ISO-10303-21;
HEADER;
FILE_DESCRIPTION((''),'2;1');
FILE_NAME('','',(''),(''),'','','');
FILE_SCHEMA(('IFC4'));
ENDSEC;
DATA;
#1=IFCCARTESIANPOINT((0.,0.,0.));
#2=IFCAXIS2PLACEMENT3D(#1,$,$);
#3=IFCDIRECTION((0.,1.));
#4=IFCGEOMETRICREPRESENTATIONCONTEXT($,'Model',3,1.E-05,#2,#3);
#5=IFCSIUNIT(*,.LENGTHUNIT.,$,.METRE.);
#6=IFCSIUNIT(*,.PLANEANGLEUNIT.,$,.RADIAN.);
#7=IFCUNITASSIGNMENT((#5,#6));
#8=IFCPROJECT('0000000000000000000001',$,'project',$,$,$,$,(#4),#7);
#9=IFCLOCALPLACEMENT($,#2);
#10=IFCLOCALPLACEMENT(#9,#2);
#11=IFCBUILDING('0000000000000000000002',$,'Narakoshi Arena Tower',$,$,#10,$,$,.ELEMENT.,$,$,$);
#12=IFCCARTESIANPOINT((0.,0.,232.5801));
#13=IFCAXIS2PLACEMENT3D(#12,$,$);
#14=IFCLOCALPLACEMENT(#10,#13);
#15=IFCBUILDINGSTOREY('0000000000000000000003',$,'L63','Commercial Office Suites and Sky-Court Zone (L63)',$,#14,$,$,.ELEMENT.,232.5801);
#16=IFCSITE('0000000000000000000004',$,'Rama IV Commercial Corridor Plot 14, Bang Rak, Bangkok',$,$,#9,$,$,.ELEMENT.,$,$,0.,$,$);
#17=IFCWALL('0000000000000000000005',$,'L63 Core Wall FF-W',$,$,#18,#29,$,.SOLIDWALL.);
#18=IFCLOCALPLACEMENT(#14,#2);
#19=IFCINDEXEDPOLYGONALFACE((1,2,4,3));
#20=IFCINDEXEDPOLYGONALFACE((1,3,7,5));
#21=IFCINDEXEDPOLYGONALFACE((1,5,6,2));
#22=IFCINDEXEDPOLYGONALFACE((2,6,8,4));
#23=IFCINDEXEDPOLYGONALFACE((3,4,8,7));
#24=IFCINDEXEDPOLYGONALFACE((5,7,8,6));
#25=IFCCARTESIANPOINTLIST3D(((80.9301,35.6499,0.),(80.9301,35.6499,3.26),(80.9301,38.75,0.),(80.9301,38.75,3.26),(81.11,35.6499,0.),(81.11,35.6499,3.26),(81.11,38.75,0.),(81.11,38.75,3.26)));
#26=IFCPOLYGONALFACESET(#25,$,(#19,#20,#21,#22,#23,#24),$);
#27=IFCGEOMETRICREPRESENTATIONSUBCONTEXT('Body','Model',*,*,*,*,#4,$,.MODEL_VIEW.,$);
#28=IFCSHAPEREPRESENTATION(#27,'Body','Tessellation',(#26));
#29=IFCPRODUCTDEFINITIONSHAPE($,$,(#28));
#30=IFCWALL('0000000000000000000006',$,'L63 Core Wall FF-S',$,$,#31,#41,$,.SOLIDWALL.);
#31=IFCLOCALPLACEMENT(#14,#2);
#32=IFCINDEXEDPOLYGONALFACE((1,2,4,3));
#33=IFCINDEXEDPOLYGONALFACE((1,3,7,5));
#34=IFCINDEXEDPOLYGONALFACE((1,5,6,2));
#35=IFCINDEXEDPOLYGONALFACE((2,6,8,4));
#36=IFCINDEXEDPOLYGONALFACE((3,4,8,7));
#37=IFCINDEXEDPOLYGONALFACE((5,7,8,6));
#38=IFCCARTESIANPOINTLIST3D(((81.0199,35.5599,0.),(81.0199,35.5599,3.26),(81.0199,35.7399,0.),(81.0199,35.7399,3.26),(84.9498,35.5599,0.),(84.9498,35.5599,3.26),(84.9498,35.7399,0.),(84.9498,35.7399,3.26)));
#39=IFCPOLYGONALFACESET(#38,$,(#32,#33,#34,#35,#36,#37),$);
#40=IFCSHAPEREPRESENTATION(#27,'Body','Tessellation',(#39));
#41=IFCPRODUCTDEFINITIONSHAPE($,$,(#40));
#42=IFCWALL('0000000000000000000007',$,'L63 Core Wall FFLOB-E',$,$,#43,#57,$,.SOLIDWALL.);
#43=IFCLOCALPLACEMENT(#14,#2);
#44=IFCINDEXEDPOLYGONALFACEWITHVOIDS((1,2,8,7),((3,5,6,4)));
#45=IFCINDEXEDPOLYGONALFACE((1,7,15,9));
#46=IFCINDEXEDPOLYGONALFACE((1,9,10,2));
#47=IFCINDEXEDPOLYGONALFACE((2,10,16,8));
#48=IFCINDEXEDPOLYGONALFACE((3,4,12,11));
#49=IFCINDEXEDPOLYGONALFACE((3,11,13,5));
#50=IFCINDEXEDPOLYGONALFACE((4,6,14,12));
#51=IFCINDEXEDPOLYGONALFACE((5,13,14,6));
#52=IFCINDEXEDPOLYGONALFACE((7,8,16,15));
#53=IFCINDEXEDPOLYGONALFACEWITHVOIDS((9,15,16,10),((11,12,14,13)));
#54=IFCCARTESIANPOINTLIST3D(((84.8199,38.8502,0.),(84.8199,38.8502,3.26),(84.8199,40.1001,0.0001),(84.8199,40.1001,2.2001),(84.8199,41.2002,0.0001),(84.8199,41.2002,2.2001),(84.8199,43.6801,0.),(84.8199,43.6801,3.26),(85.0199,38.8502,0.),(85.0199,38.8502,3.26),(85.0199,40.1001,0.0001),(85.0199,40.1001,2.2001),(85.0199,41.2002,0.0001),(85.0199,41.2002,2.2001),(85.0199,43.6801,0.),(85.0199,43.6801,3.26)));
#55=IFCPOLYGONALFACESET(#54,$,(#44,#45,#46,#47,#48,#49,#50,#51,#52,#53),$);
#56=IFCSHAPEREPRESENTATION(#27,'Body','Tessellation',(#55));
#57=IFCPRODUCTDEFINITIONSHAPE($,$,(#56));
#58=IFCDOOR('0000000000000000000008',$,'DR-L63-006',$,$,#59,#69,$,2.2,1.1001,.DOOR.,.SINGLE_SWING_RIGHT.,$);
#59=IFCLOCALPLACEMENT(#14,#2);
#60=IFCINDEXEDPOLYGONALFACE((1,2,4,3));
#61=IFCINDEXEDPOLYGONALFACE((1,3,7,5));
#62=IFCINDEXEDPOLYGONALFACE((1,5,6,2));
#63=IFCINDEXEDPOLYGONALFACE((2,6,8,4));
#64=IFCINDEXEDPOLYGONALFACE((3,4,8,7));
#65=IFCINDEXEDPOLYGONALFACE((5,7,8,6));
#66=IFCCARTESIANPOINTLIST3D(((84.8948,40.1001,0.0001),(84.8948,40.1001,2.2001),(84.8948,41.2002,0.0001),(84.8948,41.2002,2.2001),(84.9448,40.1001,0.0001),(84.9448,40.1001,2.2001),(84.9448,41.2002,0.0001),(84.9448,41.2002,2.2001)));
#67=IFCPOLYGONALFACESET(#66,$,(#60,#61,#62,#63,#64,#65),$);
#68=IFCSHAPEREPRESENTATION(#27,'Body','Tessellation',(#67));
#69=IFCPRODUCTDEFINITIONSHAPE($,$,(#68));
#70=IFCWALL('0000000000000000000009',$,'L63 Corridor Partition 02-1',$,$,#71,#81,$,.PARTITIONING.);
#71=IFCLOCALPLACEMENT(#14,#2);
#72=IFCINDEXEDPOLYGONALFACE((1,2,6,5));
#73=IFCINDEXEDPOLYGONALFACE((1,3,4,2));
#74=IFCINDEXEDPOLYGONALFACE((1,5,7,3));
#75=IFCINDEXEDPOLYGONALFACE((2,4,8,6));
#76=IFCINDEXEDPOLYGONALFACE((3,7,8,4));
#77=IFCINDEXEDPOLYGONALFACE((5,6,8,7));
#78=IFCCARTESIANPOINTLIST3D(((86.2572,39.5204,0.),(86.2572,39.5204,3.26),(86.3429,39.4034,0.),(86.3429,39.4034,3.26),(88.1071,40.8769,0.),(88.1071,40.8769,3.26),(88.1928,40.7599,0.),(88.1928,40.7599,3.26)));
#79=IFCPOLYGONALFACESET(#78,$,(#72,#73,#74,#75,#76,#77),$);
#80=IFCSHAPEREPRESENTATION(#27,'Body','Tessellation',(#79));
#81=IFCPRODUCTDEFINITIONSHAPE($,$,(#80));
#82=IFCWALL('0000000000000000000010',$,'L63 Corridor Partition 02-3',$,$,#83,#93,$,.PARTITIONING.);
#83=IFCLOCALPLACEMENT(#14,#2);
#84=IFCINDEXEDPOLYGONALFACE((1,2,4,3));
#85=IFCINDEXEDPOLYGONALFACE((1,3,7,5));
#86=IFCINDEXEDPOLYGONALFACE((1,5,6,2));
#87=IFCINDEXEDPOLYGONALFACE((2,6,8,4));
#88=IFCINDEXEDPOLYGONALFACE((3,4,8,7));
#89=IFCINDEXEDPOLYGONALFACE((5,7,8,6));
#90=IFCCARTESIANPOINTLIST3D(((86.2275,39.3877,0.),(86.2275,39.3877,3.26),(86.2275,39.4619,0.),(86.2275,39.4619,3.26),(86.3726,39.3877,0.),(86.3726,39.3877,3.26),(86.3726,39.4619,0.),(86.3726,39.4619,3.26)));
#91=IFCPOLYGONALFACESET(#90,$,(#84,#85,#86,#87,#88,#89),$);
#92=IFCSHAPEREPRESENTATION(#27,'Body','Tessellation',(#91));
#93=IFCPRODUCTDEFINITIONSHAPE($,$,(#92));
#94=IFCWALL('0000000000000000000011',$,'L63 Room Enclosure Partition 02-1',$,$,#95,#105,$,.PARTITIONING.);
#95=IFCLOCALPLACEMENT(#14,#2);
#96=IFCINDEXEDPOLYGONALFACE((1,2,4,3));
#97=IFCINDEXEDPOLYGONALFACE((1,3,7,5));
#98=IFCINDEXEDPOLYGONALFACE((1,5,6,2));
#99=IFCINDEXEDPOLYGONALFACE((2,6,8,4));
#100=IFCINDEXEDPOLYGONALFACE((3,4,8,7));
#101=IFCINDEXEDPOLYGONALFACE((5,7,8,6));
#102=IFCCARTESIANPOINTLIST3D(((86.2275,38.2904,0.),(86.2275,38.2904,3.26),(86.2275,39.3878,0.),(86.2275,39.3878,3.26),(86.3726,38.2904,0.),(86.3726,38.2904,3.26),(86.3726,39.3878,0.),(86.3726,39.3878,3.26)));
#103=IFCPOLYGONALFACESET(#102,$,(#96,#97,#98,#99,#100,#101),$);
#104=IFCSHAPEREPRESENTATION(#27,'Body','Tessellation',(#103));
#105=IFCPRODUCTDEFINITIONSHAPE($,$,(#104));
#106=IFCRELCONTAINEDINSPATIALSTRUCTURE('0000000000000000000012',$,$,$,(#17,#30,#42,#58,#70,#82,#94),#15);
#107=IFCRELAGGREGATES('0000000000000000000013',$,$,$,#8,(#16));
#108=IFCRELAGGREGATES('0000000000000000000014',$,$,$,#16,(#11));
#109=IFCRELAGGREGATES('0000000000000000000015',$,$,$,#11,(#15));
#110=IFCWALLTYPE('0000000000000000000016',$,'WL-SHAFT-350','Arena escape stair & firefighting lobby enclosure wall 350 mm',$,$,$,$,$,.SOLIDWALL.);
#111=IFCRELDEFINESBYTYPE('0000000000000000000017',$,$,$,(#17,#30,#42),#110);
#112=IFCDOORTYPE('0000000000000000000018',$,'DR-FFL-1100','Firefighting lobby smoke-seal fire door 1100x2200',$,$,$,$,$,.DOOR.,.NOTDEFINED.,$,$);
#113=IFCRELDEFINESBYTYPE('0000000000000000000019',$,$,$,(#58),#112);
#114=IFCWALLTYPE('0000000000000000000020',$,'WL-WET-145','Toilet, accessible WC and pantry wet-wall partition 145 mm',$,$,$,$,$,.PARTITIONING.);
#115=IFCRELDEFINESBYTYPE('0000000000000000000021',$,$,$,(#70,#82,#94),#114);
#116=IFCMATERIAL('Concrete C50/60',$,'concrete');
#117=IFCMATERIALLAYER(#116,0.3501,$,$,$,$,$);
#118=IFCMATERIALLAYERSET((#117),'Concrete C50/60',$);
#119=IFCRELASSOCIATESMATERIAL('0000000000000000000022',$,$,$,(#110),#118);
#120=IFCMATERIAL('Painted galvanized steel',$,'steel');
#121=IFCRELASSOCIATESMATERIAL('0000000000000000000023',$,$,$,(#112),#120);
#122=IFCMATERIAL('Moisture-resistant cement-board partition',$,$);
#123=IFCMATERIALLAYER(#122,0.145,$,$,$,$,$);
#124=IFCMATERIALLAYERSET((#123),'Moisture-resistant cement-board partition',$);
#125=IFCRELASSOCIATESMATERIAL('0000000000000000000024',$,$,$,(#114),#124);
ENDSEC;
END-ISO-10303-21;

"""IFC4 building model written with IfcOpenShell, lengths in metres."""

from ifc_helpers import new_model, si_unit, direction, frame, frame_2d, origin, place, context, subcontext, project, spatial, rectangle, extrude, material, layer, layer_set, type_object, element, fill, save


model = new_model("IFC4")

# Units and contexts
model_context = context("Model", 3, precision=1e-05, world=origin(), true_north=direction((0.0, 1.0)))
body_context = subcontext(model_context, "Body", "Model", "MODEL_VIEW")
ifc_project = project(units=[si_unit("LENGTHUNIT", "METRE"), si_unit("PLANEANGLEUNIT", "RADIAN")], contexts=[model_context])

# Site, building, storey
site_placement = place(None, origin())
site = spatial("IfcSite", under=ifc_project, at=site_placement, Name="Rama IV Commercial Corridor Plot 14, Bang Rak, Bangkok", CompositionType="ELEMENT", RefElevation=0.0)
building_placement = place(site_placement, origin())
building = spatial("IfcBuilding", under=site, at=building_placement, Name="Narakoshi Arena Tower", CompositionType="ELEMENT")
storey_placement = place(building_placement, frame((0.0, 0.0, 232.5801)))
storey = spatial("IfcBuildingStorey", under=building, at=storey_placement, Name="L63", Description="Commercial Office Suites and Sky-Court Zone (L63)", CompositionType="ELEMENT", Elevation=232.5801)

# Shared definitions
ifc_material_1 = material(Name="Concrete C50/60", Category="concrete")

# Shared definitions
ifc_layer_1 = layer(ifc_material_1, 0.3501)
ifc_layer_set_1 = layer_set([ifc_layer_1], Name="Concrete C50/60")
wall_type_1 = type_object("IfcWallType", Name="WL-SHAFT-350", Description="Arena escape stair & firefighting lobby enclosure wall 350 mm", PredefinedType="SOLIDWALL", material=ifc_layer_set_1)

# Shared definitions
ifc_material_2 = material(Name="Painted galvanized steel", Category="steel")

# Walls
for number, where, z_axis, x_axis, name in (
    (1, (81.02, 35.6499, 0.0), (0.0, 0.0, 1.0), (0.0, 1.0, 0.0), "L63 Core Wall FF-W"),
):
    element("IfcWall", number, at=place(storey_placement, frame(where, z_axis=z_axis, x_axis=x_axis)), inside=storey, type_object=wall_type_1, Name=name, PredefinedType="SOLIDWALL", context=body_context, shape_type="SweptSolid", body=[
        extrude(rectangle(XDim=3.1001, YDim=0.1799, at=frame_2d((1.55, 0.0))), origin(), (0.0, 0.0, 1.0), 3.26),
    ])
wall_1_placement = place(storey_placement, frame((81.02, 35.6499, 0.0), z_axis=(0.0, 0.0, 1.0), x_axis=(1.0, 0.0, 0.0)))
element("IfcWall", 2, at=wall_1_placement, inside=storey, type_object=wall_type_1, Name="L63 Core Wall FF-S", PredefinedType="SOLIDWALL", context=body_context, shape_type="SweptSolid", body=[
    extrude(rectangle(XDim=3.9299, YDim=0.1799, at=frame_2d((1.9648, 0.0))), origin(), (0.0, 0.0, 1.0), 3.26),
])

# Wall, opening, door
wall_2_placement = place(storey_placement, frame((84.9199, 38.8501, 0.0), z_axis=(0.0, 0.0, 1.0), x_axis=(0.0, 1.0, 0.0)))
wall_2 = element("IfcWall", 3, at=wall_2_placement, inside=storey, type_object=wall_type_1, Name="L63 Core Wall FFLOB-E", PredefinedType="SOLIDWALL", context=body_context, shape_type="SweptSolid", body=[
    extrude(rectangle(XDim=4.8298, YDim=0.2, at=frame_2d((2.415, 0.0))), origin(), (0.0, 0.0, 1.0), 3.26),
])
opening_1_placement = place(wall_2_placement, frame((1.25, 0.0, 0.0)))
opening_1 = element("IfcOpeningElement", 4, at=opening_1_placement, cuts=wall_2, PredefinedType="OPENING", context=body_context, shape_type="SweptSolid", body=[
    extrude(rectangle(XDim=1.1001, YDim=2.2, at=frame_2d((0.55, 1.1001))), frame((0.0, 0.1099, 0.0), z_axis=(0.0, -1.0, 0.0), x_axis=(1.0, 0.0, 0.0)), (0.0, 0.0, 1.0), 0.22),
])
door_type_1 = type_object("IfcDoorType", Name="DR-FFL-1100", Description="Firefighting lobby smoke-seal fire door 1100x2200", OperationType="NOTDEFINED", PredefinedType="DOOR", material=ifc_material_2)
door_1_placement = place(opening_1_placement, frame((1.1001, 0.0, 0.0), z_axis=(0.0, 0.0, 1.0), x_axis=(-1.0, 0.0, 0.0)))
door_1 = element("IfcDoor", 5, at=door_1_placement, inside=storey, type_object=door_type_1, Name="DR-L63-006", OperationType="SINGLE_SWING_RIGHT", OverallHeight=2.2, OverallWidth=1.1001, PredefinedType="DOOR", context=body_context, shape_type="SweptSolid", body=[
    extrude(rectangle(XDim=1.1001, YDim=2.2, at=frame_2d((0.55, 1.1001))), frame((0.0, 0.0249, 0.0), z_axis=(0.0, -1.0, 0.0), x_axis=(1.0, 0.0, 0.0)), (0.0, 0.0, 1.0), 0.05),
])
fill(opening_1, door_1)

# Walls
ifc_material_3 = material(Name="Moisture-resistant cement-board partition")
ifc_layer_2 = layer(ifc_material_3, 0.145)
ifc_layer_set_2 = layer_set([ifc_layer_2], Name="Moisture-resistant cement-board partition")
wall_type_2 = type_object("IfcWallType", Name="WL-WET-145", Description="Toilet, accessible WC and pantry wet-wall partition 145 mm", PredefinedType="PARTITIONING", material=ifc_layer_set_2)
wall_3_placement = place(storey_placement, frame((86.3, 39.4619, 0.0), z_axis=(0.0, 0.0, 1.0), x_axis=(0.806429, 0.591331, 0.0)))
element("IfcWall", 6, at=wall_3_placement, inside=storey, type_object=wall_type_2, Name="L63 Corridor Partition 02-1", PredefinedType="PARTITIONING", context=body_context, shape_type="SweptSolid", body=[
    extrude(rectangle(XDim=2.2939, YDim=0.145, at=frame_2d((1.147, 0.0))), origin(), (0.0, 0.0, 1.0), 3.26),
])
wall_4_placement = place(storey_placement, frame((86.3, 39.3877, 0.0), z_axis=(0.0, 0.0, 1.0), x_axis=(0.0, 1.0, 0.0)))
element("IfcWall", 7, at=wall_4_placement, inside=storey, type_object=wall_type_2, Name="L63 Corridor Partition 02-3", PredefinedType="PARTITIONING", context=body_context, shape_type="SweptSolid", body=[
    extrude(rectangle(XDim=0.0742, YDim=0.145, at=frame_2d((0.0371, 0.0))), origin(), (0.0, 0.0, 1.0), 3.26),
])
wall_5_placement = place(storey_placement, frame((86.3, 38.2903, 0.0), z_axis=(0.0, 0.0, 1.0), x_axis=(0.0, 1.0, 0.0)))
element("IfcWall", 8, at=wall_5_placement, inside=storey, type_object=wall_type_2, Name="L63 Room Enclosure Partition 02-1", PredefinedType="PARTITIONING", context=body_context, shape_type="SweptSolid", body=[
    extrude(rectangle(XDim=1.0974, YDim=0.145, at=frame_2d((0.5488, 0.0))), origin(), (0.0, 0.0, 1.0), 3.26),
])

save(model, "model.ifc")
